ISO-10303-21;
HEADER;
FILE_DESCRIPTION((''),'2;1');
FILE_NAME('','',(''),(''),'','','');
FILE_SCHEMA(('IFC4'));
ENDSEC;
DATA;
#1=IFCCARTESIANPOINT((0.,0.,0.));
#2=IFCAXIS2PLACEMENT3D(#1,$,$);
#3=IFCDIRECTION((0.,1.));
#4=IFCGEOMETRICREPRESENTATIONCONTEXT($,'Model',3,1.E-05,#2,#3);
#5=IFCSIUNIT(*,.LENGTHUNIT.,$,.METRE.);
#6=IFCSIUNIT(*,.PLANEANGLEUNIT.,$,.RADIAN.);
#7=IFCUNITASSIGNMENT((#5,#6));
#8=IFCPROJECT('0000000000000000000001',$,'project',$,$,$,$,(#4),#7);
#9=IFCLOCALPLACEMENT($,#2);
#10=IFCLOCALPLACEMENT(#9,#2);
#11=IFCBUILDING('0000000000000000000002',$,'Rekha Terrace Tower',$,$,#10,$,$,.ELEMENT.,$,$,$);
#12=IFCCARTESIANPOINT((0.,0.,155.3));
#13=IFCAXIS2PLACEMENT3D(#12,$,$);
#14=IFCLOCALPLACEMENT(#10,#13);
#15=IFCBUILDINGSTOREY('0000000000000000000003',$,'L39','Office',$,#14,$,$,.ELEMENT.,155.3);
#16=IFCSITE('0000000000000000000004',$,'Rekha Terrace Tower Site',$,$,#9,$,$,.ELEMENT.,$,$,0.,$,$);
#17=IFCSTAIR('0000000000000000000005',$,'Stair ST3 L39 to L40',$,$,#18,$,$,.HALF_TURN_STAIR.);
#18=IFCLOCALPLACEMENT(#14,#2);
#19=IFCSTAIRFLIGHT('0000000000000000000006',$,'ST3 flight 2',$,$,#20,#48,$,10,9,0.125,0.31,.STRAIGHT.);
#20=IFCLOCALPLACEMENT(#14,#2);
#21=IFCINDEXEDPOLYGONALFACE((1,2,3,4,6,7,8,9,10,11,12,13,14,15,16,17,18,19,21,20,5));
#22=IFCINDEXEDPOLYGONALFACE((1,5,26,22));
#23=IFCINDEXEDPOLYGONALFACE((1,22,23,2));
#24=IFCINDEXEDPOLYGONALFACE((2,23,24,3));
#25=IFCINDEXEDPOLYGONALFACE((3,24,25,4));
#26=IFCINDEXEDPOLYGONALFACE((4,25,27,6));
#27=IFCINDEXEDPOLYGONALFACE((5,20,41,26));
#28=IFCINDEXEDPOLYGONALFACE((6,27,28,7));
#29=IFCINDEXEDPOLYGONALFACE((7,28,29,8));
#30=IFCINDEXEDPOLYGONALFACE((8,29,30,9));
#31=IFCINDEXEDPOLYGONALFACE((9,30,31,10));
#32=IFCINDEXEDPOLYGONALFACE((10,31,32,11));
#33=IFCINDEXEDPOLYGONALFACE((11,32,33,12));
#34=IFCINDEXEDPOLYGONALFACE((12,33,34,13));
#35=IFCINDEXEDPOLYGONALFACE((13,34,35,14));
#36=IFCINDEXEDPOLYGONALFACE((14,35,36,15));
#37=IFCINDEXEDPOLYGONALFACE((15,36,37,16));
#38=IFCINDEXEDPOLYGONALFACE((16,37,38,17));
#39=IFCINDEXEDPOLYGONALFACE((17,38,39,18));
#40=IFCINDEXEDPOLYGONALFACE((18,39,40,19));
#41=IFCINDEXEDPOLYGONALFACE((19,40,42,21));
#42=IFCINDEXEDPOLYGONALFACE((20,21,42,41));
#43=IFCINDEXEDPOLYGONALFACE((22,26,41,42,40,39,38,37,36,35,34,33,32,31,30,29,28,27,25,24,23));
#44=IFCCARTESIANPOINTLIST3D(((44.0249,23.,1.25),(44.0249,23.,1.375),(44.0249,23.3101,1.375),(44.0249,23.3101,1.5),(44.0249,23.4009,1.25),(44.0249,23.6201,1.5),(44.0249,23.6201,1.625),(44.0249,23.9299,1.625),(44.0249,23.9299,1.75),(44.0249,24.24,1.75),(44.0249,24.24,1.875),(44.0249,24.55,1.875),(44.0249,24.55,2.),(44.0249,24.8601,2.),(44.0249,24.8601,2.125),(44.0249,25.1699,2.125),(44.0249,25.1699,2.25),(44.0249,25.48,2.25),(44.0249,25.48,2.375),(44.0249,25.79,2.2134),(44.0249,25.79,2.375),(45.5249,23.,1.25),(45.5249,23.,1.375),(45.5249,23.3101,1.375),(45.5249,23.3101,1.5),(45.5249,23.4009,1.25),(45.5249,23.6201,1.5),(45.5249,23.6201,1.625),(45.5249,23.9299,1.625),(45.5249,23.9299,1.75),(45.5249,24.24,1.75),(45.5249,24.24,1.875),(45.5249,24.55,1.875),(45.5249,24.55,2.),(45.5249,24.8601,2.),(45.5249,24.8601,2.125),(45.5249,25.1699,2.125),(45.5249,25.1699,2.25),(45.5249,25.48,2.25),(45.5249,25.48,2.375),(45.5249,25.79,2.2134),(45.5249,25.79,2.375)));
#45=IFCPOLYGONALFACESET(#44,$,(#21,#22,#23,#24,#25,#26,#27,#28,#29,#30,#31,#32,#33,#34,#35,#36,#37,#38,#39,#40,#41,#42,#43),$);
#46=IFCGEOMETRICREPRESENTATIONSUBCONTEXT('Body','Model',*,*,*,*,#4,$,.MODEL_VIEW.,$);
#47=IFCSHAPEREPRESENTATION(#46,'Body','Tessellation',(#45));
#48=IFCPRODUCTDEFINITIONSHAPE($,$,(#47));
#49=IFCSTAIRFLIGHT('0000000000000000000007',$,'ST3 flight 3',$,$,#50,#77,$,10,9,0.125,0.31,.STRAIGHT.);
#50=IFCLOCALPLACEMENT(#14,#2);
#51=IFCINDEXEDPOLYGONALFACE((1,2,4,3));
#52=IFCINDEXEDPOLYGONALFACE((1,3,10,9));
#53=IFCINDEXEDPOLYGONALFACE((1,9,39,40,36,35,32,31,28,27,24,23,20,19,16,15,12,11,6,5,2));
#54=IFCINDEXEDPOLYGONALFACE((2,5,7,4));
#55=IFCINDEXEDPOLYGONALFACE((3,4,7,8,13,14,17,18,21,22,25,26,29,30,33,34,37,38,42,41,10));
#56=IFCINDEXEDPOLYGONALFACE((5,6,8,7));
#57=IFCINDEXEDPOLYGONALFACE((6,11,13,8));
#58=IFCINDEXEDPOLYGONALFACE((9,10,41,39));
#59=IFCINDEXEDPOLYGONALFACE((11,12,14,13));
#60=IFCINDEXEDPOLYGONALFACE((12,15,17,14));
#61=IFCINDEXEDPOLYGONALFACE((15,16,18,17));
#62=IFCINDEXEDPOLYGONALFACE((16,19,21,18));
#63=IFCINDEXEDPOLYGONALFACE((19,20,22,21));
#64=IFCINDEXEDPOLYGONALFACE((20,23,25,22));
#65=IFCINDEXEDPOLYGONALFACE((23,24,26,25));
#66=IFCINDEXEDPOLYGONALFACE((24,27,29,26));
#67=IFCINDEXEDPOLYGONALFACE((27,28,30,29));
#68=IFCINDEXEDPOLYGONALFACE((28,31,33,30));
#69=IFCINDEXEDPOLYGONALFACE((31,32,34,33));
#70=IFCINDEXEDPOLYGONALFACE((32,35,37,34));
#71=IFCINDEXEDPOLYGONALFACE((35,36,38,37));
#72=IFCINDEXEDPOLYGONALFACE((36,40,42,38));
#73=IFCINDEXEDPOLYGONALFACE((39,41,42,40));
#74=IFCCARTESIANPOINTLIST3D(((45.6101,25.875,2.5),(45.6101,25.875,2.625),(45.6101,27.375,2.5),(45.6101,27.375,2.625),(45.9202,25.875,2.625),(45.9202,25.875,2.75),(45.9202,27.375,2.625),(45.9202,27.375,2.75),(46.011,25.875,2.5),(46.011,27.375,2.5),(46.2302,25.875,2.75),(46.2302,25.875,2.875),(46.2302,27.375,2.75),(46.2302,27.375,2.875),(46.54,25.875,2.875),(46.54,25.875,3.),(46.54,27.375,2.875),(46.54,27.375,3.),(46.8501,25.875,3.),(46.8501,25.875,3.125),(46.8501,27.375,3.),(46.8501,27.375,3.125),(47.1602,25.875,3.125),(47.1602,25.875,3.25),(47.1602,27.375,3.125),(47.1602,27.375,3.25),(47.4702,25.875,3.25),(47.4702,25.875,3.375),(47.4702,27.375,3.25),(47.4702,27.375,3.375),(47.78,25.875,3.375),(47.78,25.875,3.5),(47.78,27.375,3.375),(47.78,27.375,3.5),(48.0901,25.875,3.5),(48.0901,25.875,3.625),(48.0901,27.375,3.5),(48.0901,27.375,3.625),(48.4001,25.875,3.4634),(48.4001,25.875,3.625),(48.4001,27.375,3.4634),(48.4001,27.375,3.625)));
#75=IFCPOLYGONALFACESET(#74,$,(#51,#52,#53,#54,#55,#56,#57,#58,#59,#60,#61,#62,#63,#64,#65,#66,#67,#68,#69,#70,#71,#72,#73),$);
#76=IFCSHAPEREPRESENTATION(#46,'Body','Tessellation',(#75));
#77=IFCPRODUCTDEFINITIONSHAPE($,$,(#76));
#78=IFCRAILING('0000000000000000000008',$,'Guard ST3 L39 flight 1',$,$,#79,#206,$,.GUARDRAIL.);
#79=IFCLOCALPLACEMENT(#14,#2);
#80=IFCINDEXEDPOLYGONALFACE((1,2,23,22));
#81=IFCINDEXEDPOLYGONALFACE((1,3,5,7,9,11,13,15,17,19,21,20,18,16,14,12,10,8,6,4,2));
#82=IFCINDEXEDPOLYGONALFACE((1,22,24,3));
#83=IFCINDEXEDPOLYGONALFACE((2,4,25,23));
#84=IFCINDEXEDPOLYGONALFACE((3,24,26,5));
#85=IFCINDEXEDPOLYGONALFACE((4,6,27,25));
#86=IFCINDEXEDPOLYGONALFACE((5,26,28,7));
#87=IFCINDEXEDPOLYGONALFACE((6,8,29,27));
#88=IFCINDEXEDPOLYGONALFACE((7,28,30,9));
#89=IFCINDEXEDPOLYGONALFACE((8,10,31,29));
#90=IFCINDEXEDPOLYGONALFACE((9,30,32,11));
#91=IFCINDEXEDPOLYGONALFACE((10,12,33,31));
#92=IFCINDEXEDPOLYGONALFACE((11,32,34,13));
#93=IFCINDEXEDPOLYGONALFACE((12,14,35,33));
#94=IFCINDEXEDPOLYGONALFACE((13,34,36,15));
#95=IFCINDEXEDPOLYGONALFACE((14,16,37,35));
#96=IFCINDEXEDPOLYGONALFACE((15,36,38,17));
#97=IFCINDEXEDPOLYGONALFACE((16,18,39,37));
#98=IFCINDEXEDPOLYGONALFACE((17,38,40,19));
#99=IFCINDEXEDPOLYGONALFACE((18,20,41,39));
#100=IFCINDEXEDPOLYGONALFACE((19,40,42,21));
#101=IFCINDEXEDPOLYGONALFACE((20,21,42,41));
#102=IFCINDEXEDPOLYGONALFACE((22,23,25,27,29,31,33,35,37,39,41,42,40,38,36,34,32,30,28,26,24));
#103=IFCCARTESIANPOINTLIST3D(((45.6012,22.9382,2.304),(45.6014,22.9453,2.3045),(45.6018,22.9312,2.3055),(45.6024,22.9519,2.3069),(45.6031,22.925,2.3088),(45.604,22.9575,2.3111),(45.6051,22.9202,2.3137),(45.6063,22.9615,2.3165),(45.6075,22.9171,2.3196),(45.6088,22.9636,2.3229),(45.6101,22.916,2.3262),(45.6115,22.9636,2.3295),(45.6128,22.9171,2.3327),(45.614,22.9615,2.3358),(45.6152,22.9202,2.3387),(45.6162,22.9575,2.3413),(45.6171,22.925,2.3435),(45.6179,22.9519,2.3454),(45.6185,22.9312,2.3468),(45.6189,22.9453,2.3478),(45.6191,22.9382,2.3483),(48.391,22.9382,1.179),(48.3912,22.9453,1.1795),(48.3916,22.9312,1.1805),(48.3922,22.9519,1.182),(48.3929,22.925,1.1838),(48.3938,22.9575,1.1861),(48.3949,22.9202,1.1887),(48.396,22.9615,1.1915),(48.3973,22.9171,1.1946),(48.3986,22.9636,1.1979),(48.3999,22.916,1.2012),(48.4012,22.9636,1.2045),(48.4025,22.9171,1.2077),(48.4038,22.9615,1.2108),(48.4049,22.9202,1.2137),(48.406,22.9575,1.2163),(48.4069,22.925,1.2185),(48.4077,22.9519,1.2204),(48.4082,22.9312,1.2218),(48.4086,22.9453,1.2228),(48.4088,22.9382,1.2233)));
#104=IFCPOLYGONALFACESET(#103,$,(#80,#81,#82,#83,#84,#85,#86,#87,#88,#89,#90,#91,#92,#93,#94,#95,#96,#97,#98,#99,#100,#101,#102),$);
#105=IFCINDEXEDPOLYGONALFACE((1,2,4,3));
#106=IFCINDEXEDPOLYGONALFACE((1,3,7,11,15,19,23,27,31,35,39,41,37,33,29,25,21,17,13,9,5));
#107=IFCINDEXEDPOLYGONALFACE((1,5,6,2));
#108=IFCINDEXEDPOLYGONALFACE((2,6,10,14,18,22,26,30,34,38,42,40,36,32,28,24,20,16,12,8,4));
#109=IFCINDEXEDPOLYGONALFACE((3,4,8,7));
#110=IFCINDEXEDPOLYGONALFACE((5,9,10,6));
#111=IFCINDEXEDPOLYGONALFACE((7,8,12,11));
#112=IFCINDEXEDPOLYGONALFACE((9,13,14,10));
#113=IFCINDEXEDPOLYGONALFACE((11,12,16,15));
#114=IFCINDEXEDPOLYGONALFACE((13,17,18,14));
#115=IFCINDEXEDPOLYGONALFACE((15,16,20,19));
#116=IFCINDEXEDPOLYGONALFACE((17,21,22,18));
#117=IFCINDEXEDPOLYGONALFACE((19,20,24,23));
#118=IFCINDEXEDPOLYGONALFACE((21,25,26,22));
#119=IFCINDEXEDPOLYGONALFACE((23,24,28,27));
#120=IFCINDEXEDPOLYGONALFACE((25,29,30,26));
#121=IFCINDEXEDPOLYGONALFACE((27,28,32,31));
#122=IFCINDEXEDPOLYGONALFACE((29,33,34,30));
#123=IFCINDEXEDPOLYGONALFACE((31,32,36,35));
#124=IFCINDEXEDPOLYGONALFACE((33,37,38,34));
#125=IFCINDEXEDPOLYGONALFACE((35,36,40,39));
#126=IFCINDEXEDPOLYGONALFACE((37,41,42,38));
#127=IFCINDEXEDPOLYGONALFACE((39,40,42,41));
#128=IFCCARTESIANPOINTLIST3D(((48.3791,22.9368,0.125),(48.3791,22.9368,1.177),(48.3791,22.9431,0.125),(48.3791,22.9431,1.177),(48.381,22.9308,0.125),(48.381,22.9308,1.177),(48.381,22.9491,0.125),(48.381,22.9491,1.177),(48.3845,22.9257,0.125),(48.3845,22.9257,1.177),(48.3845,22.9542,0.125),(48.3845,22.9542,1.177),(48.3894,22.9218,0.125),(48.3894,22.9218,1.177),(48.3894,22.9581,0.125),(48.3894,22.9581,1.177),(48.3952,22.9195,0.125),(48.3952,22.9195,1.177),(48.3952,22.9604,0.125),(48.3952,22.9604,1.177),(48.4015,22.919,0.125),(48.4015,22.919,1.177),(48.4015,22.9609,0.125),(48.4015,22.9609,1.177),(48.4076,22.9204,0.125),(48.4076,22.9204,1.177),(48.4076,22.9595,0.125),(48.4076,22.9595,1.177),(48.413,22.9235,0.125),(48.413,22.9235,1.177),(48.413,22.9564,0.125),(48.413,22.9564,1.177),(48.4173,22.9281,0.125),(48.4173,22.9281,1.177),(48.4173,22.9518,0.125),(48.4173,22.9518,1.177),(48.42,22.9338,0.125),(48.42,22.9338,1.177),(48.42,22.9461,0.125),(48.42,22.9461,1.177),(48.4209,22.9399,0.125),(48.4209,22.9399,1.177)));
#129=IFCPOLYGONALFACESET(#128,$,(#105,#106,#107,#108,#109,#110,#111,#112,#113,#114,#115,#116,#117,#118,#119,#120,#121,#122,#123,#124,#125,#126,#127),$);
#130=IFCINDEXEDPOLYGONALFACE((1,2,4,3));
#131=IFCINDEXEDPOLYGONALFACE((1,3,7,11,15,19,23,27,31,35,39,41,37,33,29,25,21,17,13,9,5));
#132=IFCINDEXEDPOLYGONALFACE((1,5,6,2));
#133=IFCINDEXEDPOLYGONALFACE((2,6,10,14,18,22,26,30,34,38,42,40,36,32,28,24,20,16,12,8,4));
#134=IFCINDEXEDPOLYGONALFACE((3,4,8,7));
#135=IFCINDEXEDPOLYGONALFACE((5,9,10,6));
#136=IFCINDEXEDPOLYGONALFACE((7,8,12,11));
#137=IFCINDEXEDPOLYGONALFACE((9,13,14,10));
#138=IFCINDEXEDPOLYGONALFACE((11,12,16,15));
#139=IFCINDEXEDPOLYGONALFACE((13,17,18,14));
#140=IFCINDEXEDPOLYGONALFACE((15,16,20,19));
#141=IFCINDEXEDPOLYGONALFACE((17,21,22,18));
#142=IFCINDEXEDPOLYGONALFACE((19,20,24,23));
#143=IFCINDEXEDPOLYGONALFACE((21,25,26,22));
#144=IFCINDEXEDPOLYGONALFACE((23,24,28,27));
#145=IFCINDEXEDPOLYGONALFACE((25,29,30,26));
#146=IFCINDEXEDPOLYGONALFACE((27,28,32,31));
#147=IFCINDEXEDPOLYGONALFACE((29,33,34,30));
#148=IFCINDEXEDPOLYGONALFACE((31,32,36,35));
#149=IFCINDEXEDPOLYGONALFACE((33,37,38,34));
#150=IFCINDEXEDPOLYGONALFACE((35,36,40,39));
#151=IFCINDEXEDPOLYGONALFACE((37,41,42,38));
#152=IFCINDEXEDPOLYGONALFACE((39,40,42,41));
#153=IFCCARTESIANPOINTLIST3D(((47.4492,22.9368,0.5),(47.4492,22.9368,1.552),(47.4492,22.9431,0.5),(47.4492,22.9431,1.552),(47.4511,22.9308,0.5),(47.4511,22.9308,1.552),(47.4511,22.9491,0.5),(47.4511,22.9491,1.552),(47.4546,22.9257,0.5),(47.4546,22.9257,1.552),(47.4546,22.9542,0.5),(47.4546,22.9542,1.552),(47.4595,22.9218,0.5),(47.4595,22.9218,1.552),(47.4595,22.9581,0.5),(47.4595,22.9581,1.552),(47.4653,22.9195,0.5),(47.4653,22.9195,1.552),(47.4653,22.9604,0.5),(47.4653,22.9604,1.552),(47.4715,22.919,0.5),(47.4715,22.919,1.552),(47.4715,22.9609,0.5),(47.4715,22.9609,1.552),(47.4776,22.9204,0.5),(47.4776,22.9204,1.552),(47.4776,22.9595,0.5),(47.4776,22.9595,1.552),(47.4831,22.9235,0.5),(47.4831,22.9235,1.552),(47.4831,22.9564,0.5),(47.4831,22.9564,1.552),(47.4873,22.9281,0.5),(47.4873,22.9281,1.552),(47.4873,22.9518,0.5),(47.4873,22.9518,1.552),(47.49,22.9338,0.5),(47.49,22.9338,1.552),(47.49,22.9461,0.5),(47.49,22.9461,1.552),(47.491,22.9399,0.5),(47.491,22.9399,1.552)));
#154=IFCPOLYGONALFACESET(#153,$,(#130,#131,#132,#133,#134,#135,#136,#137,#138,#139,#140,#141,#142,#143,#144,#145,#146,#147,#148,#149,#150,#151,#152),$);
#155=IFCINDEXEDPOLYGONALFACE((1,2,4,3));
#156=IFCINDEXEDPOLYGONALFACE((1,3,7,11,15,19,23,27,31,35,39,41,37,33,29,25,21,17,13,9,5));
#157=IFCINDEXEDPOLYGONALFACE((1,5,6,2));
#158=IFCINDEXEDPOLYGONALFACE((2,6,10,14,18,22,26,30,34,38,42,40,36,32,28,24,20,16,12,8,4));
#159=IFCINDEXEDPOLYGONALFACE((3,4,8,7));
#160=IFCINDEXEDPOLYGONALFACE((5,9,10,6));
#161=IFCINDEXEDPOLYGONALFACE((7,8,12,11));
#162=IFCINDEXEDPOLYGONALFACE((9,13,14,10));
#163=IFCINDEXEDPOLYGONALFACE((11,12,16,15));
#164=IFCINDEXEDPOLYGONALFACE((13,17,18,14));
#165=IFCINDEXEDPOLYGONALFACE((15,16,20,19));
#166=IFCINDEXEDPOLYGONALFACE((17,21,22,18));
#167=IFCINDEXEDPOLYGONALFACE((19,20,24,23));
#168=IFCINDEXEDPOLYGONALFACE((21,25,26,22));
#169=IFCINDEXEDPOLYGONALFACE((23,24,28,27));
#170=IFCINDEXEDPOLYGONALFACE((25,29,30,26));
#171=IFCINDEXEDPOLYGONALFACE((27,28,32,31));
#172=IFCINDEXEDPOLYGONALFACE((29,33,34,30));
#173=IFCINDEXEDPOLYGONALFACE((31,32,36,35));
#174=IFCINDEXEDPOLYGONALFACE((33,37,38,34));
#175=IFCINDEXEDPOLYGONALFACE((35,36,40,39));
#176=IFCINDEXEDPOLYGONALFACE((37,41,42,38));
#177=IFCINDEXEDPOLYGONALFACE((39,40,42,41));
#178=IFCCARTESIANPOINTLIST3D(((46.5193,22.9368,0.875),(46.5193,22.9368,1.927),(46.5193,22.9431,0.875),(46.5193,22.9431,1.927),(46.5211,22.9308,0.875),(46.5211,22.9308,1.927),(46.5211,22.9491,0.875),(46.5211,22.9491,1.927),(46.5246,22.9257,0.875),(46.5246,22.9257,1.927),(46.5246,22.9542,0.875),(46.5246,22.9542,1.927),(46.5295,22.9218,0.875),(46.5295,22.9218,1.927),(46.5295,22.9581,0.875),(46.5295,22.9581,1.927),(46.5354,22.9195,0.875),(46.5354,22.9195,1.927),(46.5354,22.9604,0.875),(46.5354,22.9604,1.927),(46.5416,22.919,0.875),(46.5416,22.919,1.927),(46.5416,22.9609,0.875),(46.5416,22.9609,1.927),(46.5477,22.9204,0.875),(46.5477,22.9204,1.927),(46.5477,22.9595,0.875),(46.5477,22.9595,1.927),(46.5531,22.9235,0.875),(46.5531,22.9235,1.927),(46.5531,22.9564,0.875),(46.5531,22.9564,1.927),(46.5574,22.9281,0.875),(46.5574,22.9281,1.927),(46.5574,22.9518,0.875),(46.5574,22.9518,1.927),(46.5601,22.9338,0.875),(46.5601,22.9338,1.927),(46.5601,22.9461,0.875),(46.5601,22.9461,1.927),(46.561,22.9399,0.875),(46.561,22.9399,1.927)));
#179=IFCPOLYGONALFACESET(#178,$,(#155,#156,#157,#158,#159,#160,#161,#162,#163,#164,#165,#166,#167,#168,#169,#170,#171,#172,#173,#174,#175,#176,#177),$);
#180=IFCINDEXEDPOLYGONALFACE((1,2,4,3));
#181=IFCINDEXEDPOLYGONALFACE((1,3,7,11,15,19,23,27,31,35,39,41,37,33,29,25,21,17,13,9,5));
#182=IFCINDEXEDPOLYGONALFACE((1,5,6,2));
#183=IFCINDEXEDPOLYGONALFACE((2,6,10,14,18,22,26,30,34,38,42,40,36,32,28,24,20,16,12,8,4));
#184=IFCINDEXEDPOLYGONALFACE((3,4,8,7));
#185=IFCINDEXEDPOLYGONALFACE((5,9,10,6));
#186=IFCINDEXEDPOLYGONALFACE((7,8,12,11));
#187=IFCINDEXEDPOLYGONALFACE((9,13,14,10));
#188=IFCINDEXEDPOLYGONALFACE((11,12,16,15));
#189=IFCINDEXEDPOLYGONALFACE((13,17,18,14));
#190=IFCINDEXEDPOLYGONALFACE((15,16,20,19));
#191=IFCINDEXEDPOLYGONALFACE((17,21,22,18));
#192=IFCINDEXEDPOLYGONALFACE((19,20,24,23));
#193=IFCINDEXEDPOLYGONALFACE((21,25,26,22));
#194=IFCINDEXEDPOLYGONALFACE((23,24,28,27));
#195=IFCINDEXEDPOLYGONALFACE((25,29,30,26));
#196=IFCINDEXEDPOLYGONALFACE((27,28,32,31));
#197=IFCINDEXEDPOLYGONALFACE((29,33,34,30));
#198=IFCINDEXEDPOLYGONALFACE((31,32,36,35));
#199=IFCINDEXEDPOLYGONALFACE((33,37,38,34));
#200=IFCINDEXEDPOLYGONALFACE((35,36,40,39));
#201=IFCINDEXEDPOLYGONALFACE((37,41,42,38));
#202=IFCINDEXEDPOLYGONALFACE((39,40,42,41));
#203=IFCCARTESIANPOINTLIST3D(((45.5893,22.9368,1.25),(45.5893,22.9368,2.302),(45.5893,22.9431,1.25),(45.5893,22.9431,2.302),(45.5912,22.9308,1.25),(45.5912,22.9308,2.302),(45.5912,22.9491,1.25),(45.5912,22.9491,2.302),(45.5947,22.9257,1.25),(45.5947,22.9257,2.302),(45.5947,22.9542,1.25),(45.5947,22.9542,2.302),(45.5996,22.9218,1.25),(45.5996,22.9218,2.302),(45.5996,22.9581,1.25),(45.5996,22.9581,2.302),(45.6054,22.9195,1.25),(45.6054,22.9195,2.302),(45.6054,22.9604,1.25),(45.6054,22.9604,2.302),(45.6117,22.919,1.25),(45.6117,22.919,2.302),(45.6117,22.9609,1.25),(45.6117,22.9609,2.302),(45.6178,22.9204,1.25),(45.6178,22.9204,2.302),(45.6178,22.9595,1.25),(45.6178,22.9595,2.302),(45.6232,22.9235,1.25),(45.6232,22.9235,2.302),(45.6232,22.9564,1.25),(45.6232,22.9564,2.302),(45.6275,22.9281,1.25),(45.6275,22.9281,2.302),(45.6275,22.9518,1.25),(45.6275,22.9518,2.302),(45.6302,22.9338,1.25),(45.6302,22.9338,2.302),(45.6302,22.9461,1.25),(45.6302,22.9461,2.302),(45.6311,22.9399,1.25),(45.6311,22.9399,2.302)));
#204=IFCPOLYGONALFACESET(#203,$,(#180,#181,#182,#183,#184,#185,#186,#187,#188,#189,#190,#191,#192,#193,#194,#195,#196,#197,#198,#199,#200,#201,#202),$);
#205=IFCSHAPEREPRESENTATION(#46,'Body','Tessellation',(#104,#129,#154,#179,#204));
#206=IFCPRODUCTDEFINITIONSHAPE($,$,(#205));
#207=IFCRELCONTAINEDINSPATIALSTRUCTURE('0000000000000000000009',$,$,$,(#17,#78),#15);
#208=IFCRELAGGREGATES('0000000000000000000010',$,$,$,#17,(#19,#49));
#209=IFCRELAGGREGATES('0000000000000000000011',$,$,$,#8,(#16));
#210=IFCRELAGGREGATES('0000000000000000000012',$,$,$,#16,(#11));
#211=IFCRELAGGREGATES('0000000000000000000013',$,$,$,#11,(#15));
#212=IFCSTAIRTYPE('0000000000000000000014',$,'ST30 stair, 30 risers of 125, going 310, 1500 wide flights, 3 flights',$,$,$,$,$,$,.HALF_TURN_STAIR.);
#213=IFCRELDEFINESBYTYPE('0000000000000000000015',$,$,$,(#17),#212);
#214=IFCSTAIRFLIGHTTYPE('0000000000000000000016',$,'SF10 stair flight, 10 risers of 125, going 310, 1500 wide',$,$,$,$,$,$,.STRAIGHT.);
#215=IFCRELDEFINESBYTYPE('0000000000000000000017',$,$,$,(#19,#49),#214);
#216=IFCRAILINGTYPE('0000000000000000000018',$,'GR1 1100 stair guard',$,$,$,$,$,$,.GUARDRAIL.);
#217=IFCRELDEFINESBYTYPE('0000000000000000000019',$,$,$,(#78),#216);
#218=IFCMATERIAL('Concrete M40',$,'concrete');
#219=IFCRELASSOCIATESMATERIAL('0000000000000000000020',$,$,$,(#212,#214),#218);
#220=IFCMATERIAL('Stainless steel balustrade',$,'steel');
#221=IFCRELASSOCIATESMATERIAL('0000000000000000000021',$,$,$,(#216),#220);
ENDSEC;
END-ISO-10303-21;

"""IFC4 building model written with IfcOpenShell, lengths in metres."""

from ifc_helpers import new_model, si_unit, direction, frame, origin, origin_2d, place, context, subcontext, project, spatial, polyline, circle, outline, extrude, material, type_object, element, aggregate, save


model = new_model("IFC4")

# Units and contexts
model_context = context("Model", 3, precision=1e-05, world=origin(), true_north=direction((0.0, 1.0)))
body_context = subcontext(model_context, "Body", "Model", "MODEL_VIEW")
ifc_project = project(units=[si_unit("LENGTHUNIT", "METRE"), si_unit("PLANEANGLEUNIT", "RADIAN")], contexts=[model_context])

# Site, building, storey
site_placement = place(None, origin())
site = spatial("IfcSite", under=ifc_project, at=site_placement, Name="Rekha Terrace Tower Site", CompositionType="ELEMENT", RefElevation=0.0)
building_placement = place(site_placement, origin())
building = spatial("IfcBuilding", under=site, at=building_placement, Name="Rekha Terrace Tower", CompositionType="ELEMENT")
storey_placement = place(building_placement, frame((0.0, 0.0, 155.3)))
storey = spatial("IfcBuildingStorey", under=building, at=storey_placement, Name="L39", Description="Office", CompositionType="ELEMENT", Elevation=155.3)

# Stair, stair flights
ifc_material_1 = material(Name="Concrete M40", Category="concrete")
stair_type = type_object("IfcStairType", Name="ST30 stair, 30 risers of 125, going 310, 1500 wide flights, 3 flights", PredefinedType="HALF_TURN_STAIR", material=ifc_material_1)
stair_placement = place(storey_placement, origin())
stair = element("IfcStair", 1, at=stair_placement, inside=storey, type_object=stair_type, Name="Stair ST3 L39 to L40", PredefinedType="HALF_TURN_STAIR")
stair_flight_type = type_object("IfcStairFlightType", Name="SF10 stair flight, 10 risers of 125, going 310, 1500 wide", PredefinedType="STRAIGHT", material=ifc_material_1)
stair_flight_1_placement = place(storey_placement, frame((44.7749, 23.0, 1.25), z_axis=(0.0, 0.0, 1.0), x_axis=(0.0, 1.0, 0.0)))
stair_flight_1 = element("IfcStairFlight", 2, at=stair_flight_1_placement, type_object=stair_flight_type, Name="ST3 flight 2", NumberOfRisers=10, NumberOfTreads=9, PredefinedType="STRAIGHT", RiserHeight=0.125, TreadLength=0.31, context=body_context, shape_type="SweptSolid", body=[
    extrude(outline(polyline([(0.0, 0.0), (0.0, 0.125), (0.3101, 0.125), (0.3101, 0.25), (0.6201, 0.25), (0.6201, 0.375), (0.9299, 0.375), (0.9299, 0.5), (1.24, 0.5), (1.24, 0.625), (1.55, 0.625), (1.55, 0.75), (1.8601, 0.75), (1.8601, 0.875), (2.1699, 0.875), (2.1699, 1.0), (2.48, 1.0), (2.48, 1.125), (2.79, 1.125), (2.79, 1.25), (2.79, 0.9634), (0.4009, 0.0), (0.0, 0.0)])), frame((0.0, 0.75, 0.0), z_axis=(0.0, -1.0, 0.0), x_axis=(1.0, 0.0, 0.0)), (0.0, 0.0, 1.0), 1.5),
])
stair_flight_2_placement = place(storey_placement, frame((45.6101, 26.625, 2.5), z_axis=(0.0, 0.0, 1.0), x_axis=(1.0, 0.0, 0.0)))
stair_flight_2 = element("IfcStairFlight", 3, at=stair_flight_2_placement, type_object=stair_flight_type, Name="ST3 flight 3", NumberOfRisers=10, NumberOfTreads=9, PredefinedType="STRAIGHT", RiserHeight=0.125, TreadLength=0.31, context=body_context, shape_type="SweptSolid", body=[
    extrude(outline(polyline([(0.0, 0.0), (0.0, 0.125), (0.3101, 0.125), (0.3101, 0.25), (0.6201, 0.25), (0.6201, 0.375), (0.9299, 0.375), (0.9299, 0.5), (1.24, 0.5), (1.24, 0.625), (1.55, 0.625), (1.55, 0.75), (1.8601, 0.75), (1.8601, 0.875), (2.1699, 0.875), (2.1699, 1.0), (2.48, 1.0), (2.48, 1.125), (2.79, 1.125), (2.79, 1.25), (2.79, 0.9634), (0.4009, 0.0), (0.0, 0.0)])), frame((0.0, 0.75, 0.0), z_axis=(0.0, -1.0, 0.0), x_axis=(1.0, 0.0, 0.0)), (0.0, 0.0, 1.0), 1.5),
])
aggregate(stair, [stair_flight_1, stair_flight_2])

# Railing
ifc_material_2 = material(Name="Stainless steel balustrade", Category="steel")
railing_type_1 = type_object("IfcRailingType", Name="GR1 1100 stair guard", PredefinedType="GUARDRAIL", material=ifc_material_2)
railing_1_placement = place(storey_placement, frame((48.3999, 22.9399, 0.125)))
element("IfcRailing", 4, at=railing_1_placement, inside=storey, type_object=railing_type_1, Name="Guard ST3 L39 flight 1", PredefinedType="GUARDRAIL", context=body_context, shape_type="SweptSolid", body=[
    extrude(circle(Radius=0.0239, at=origin_2d()), frame((0.0, 0.0, 1.0762), z_axis=(-0.927432, 0.0, 0.373992), x_axis=(0.0, -1.0, 0.0)), (0.0, 0.0, 1.0), 3.0081),
    extrude(circle(Radius=0.021, at=origin_2d()), origin(), (0.0, 0.0, 1.0), 1.052),
    extrude(circle(Radius=0.021, at=origin_2d()), frame((-0.9299, 0.0, 0.375)), (0.0, 0.0, 1.0), 1.052),
    extrude(circle(Radius=0.021, at=origin_2d()), frame((-1.8599, 0.0, 0.75)), (0.0, 0.0, 1.0), 1.052),
    extrude(circle(Radius=0.021, at=origin_2d()), frame((-2.7898, 0.0, 1.125)), (0.0, 0.0, 1.0), 1.052),
])

save(model, "model.ifc")
